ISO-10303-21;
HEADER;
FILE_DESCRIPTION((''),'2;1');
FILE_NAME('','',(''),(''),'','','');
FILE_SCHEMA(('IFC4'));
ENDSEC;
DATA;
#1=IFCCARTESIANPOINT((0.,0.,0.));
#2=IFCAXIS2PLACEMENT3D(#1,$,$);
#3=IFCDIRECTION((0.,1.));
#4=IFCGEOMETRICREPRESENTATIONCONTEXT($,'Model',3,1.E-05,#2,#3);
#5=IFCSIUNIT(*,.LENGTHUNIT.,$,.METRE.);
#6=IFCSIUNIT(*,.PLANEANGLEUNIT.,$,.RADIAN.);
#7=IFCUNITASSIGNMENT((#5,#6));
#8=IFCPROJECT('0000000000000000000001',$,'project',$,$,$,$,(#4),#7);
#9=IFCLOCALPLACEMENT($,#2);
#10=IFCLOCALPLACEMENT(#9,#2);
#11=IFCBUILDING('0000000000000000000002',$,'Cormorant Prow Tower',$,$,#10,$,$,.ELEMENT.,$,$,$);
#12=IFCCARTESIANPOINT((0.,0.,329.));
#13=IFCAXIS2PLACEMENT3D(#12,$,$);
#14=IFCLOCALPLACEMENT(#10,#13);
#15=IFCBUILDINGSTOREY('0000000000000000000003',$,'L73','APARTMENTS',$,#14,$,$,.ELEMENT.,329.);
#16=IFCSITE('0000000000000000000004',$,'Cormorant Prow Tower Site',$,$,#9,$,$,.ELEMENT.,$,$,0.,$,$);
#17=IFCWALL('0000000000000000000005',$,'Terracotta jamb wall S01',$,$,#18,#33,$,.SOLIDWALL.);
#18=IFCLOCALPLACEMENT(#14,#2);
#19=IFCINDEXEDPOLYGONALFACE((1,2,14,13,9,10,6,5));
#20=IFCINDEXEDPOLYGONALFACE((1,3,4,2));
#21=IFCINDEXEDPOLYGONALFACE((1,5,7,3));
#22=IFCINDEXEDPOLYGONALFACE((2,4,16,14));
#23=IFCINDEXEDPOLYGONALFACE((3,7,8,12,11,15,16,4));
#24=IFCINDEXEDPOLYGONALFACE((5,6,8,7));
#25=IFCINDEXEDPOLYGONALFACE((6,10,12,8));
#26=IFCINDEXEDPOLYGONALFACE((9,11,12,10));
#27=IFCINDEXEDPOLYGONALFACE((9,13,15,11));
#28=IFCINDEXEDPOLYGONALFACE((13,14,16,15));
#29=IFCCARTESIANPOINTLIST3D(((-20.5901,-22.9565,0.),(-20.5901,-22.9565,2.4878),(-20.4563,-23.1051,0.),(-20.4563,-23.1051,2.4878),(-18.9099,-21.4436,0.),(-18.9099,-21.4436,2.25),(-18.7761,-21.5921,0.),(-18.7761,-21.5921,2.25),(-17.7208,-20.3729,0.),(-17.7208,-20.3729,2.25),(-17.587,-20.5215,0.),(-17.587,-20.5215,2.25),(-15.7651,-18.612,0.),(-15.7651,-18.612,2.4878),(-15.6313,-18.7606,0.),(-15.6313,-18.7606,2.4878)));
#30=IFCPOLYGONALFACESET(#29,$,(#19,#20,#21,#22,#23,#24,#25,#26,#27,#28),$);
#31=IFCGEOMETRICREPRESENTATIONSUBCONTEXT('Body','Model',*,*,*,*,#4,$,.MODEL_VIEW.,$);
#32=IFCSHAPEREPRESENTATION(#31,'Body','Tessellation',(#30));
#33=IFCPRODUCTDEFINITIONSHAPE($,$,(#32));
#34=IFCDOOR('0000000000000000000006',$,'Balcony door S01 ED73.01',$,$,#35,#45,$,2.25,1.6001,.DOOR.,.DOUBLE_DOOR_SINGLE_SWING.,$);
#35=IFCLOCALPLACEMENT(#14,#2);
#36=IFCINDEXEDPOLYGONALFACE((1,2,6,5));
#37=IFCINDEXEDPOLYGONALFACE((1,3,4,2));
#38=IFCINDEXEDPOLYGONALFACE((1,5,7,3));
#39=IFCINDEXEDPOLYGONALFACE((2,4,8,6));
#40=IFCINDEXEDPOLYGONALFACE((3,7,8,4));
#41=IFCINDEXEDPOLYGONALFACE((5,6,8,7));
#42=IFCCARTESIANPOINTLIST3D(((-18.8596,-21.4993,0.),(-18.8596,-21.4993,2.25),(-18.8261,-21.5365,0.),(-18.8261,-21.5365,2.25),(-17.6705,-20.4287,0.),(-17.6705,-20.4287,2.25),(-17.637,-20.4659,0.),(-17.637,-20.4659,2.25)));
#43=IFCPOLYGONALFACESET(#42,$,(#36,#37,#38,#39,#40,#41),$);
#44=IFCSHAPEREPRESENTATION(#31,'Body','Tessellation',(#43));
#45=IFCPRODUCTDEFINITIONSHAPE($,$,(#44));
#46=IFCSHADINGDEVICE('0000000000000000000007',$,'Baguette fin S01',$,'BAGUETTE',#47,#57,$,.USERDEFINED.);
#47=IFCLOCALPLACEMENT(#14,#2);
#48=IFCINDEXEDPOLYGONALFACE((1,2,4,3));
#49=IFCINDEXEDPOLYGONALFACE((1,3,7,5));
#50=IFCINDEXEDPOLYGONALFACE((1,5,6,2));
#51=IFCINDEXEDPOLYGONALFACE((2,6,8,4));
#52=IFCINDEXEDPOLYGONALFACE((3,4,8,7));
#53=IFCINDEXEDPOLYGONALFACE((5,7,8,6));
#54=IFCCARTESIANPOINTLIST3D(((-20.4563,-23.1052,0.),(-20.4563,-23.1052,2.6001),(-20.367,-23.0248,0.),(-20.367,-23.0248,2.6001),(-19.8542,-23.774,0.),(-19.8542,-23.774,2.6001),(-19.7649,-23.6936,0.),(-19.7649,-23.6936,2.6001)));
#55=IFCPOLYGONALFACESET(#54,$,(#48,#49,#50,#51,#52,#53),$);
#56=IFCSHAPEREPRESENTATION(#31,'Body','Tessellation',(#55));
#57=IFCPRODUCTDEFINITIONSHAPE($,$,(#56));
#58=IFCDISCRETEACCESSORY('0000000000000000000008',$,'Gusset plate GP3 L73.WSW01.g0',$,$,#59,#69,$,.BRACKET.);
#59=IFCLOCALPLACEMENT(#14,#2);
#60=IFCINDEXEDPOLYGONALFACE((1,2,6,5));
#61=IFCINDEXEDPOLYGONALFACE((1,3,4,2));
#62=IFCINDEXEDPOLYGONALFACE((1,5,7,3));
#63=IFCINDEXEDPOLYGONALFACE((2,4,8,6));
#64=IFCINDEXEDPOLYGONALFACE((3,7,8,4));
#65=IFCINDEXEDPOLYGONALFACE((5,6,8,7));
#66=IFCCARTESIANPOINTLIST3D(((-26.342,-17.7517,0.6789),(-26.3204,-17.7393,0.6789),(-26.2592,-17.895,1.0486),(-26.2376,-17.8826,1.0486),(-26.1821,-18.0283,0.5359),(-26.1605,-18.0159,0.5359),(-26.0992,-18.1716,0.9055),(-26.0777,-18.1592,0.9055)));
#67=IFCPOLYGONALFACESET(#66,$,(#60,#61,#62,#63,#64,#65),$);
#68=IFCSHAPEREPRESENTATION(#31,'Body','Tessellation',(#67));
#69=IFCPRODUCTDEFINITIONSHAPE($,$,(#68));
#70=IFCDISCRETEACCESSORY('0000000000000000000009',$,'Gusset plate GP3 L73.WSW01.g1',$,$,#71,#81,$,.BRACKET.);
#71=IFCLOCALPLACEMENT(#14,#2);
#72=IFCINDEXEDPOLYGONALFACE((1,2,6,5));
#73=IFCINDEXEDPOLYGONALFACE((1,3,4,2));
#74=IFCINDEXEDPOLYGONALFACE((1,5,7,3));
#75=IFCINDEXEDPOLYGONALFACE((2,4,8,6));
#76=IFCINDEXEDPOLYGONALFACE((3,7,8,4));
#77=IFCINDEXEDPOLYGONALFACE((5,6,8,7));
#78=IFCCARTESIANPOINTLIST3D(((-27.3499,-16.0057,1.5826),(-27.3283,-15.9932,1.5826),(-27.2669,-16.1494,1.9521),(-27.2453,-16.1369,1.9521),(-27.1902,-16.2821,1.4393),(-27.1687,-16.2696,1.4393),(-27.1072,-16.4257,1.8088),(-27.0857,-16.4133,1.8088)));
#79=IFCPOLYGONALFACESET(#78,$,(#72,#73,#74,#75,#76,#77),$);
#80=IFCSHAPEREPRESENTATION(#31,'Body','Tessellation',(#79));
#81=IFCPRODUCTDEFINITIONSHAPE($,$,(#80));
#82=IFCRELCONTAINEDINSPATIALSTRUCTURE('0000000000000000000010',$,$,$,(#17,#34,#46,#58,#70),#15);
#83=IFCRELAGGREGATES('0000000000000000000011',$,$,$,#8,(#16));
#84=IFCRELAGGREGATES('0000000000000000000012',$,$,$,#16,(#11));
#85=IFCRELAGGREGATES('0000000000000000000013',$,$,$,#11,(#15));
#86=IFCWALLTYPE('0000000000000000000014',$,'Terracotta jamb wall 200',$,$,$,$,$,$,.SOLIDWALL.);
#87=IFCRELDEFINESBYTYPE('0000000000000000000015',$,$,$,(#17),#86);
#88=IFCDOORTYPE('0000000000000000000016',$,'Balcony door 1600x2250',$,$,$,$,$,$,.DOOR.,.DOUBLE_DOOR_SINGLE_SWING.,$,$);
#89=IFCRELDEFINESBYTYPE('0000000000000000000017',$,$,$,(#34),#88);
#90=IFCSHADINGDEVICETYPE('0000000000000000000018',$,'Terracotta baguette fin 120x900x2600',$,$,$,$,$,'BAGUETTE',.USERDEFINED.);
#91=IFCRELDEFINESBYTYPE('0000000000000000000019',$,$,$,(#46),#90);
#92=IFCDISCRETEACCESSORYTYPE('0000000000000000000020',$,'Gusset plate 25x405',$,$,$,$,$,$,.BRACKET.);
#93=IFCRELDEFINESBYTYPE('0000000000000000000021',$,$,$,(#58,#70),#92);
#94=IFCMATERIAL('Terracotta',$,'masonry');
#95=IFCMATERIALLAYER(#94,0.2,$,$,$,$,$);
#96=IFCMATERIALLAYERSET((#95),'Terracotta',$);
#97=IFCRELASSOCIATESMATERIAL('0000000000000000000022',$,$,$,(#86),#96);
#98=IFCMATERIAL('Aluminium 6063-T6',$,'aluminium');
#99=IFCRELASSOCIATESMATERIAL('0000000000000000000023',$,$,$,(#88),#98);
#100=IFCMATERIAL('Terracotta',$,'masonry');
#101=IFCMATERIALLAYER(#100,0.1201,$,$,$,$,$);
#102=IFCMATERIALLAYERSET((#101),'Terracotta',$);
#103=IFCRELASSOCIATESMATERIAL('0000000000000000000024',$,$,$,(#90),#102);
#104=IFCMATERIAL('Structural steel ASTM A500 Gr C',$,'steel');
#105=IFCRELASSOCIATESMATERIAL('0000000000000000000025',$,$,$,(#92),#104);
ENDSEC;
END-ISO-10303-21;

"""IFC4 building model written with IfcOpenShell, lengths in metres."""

from ifc_helpers import new_model, si_unit, direction, frame, frame_2d, origin, origin_2d, place, context, subcontext, project, spatial, rectangle, extrude, material, layer, layer_set, material_profile, profile_set, type_object, element, fill, save


model = new_model("IFC4")

# Units and contexts
model_context = context("Model", 3, precision=1e-05, world=origin(), true_north=direction((0.0, 1.0)))
body_context = subcontext(model_context, "Body", "Model", "MODEL_VIEW")
ifc_project = project(units=[si_unit("LENGTHUNIT", "METRE"), si_unit("PLANEANGLEUNIT", "RADIAN")], contexts=[model_context])

# Site, building, storey
site_placement = place(None, origin())
site = spatial("IfcSite", under=ifc_project, at=site_placement, Name="Cormorant Prow Tower Site", CompositionType="ELEMENT", RefElevation=0.0)
building_placement = place(site_placement, origin())
building = spatial("IfcBuilding", under=site, at=building_placement, Name="Cormorant Prow Tower", CompositionType="ELEMENT")
storey_placement = place(building_placement, frame((0.0, 0.0, 329.0)))
storey = spatial("IfcBuildingStorey", under=building, at=storey_placement, Name="L73", Description="APARTMENTS", CompositionType="ELEMENT", Elevation=329.0)

# Wall, opening, door
ifc_material_1 = material(Name="Terracotta", Category="masonry")
ifc_layer_1 = layer(ifc_material_1, 0.2)
ifc_layer_set_1 = layer_set([ifc_layer_1], Name="Terracotta")
wall_type_1 = type_object("IfcWallType", Name="Terracotta jamb wall 200", PredefinedType="SOLIDWALL", material=ifc_layer_set_1)
wall_1_placement = place(storey_placement, frame((-20.5232, -23.0308, 0.0), z_axis=(0.0, 0.0, 1.0), x_axis=(0.743139, 0.669137, 0.0)))
wall_1 = element("IfcWall", 1, at=wall_1_placement, inside=storey, type_object=wall_type_1, Name="Terracotta jamb wall S01", PredefinedType="SOLIDWALL", context=body_context, shape_type="SweptSolid", body=[
    extrude(rectangle(XDim=6.4927, YDim=0.2, at=frame_2d((3.2463, 0.0))), origin(), (0.0, 0.0, 1.0), 2.4878),
])
opening_1_placement = place(wall_1_placement, frame((2.261, 0.0, 0.0)))
opening_1 = element("IfcOpeningElement", 2, at=opening_1_placement, cuts=wall_1, PredefinedType="OPENING", context=body_context, shape_type="SweptSolid", body=[
    extrude(rectangle(XDim=1.6001, YDim=2.25, at=frame_2d((0.8, 1.125))), frame((0.0, 0.1099, 0.0), z_axis=(0.0, -1.0, 0.0), x_axis=(1.0, 0.0, 0.0)), (0.0, 0.0, 1.0), 0.22),
])
ifc_material_2 = material(Name="Aluminium 6063-T6", Category="aluminium")
door_type_1 = type_object("IfcDoorType", Name="Balcony door 1600x2250", OperationType="DOUBLE_DOOR_SINGLE_SWING", PredefinedType="DOOR", material=ifc_material_2)
door_1_placement = place(opening_1_placement, origin())
door_1 = element("IfcDoor", 3, at=door_1_placement, inside=storey, type_object=door_type_1, Name="Balcony door S01 ED73.01", OperationType="DOUBLE_DOOR_SINGLE_SWING", OverallHeight=2.25, OverallWidth=1.6001, PredefinedType="DOOR", context=body_context, shape_type="SweptSolid", body=[
    extrude(rectangle(XDim=1.6001, YDim=2.25, at=frame_2d((0.8, 1.125))), frame((0.0, 0.0249, 0.0), z_axis=(0.0, -1.0, 0.0), x_axis=(1.0, 0.0, 0.0)), (0.0, 0.0, 1.0), 0.05),
])
fill(opening_1, door_1)

# Shading device
ifc_material_3 = material(Name="Terracotta", Category="masonry")
ifc_layer_2 = layer(ifc_material_3, 0.1201)
ifc_layer_set_2 = layer_set([ifc_layer_2], Name="Terracotta")
shading_device_type = type_object("IfcShadingDeviceType", Name="Terracotta baguette fin 120x900x2600", ElementType="BAGUETTE", PredefinedType="USERDEFINED", material=ifc_layer_set_2)
shading_device_placement = place(storey_placement, frame((-20.1106, -23.3994, 0.0), z_axis=(0.0, 0.0, 1.0), x_axis=(0.743145, 0.669131, 0.0)))
element("IfcShadingDevice", 4, at=shading_device_placement, inside=storey, type_object=shading_device_type, Name="Baguette fin S01", ObjectType="BAGUETTE", PredefinedType="USERDEFINED", context=body_context, shape_type="SweptSolid", body=[
    extrude(rectangle(XDim=0.1201, YDim=0.8999, at=origin_2d()), origin(), (0.0, 0.0, 1.0), 2.6001),
])

# Discrete accessories
ifc_material_4 = material(Name="Structural steel ASTM A500 Gr C", Category="steel")
ifc_material_profile_1 = material_profile(ifc_material_4, rectangle(XDim=0.0249, YDim=0.405, at=origin_2d()), Name="Gusset plate 25x405")
ifc_profile_set_1 = profile_set([ifc_material_profile_1], Name="Structural steel ASTM A500 Gr C")
discrete_accessory_type = type_object("IfcDiscreteAccessoryType", Name="Gusset plate 25x405", PredefinedType="BRACKET", material=ifc_profile_set_1)
discrete_accessory_1_placement = place(storey_placement, frame((-26.2898, -17.8171, 0.8638), z_axis=(0.456792, -0.790145, -0.408672), x_axis=(0.86574, 0.500494, 0.0)))
element("IfcDiscreteAccessory", 5, at=discrete_accessory_1_placement, inside=storey, type_object=discrete_accessory_type, Name="Gusset plate GP3 L73.WSW01.g0", PredefinedType="BRACKET", context=body_context, shape_type="SweptSolid", body=[
    extrude(rectangle(XDim=0.0249, YDim=0.405, at=origin_2d()), origin(), (0.0, 0.0, 1.0), 0.3501),
])
discrete_accessory_2_placement = place(storey_placement, frame((-27.1379, -16.3477, 1.624), z_axis=(-0.456361, 0.789909, 0.409608), x_axis=(-0.86588, -0.500252, 0.0)))
element("IfcDiscreteAccessory", 6, at=discrete_accessory_2_placement, inside=storey, type_object=discrete_accessory_type, Name="Gusset plate GP3 L73.WSW01.g1", PredefinedType="BRACKET", context=body_context, shape_type="SweptSolid", body=[
    extrude(rectangle(XDim=0.0249, YDim=0.405, at=origin_2d()), origin(), (0.0, 0.0, 1.0), 0.3499),
])

save(model, "model.ifc")
